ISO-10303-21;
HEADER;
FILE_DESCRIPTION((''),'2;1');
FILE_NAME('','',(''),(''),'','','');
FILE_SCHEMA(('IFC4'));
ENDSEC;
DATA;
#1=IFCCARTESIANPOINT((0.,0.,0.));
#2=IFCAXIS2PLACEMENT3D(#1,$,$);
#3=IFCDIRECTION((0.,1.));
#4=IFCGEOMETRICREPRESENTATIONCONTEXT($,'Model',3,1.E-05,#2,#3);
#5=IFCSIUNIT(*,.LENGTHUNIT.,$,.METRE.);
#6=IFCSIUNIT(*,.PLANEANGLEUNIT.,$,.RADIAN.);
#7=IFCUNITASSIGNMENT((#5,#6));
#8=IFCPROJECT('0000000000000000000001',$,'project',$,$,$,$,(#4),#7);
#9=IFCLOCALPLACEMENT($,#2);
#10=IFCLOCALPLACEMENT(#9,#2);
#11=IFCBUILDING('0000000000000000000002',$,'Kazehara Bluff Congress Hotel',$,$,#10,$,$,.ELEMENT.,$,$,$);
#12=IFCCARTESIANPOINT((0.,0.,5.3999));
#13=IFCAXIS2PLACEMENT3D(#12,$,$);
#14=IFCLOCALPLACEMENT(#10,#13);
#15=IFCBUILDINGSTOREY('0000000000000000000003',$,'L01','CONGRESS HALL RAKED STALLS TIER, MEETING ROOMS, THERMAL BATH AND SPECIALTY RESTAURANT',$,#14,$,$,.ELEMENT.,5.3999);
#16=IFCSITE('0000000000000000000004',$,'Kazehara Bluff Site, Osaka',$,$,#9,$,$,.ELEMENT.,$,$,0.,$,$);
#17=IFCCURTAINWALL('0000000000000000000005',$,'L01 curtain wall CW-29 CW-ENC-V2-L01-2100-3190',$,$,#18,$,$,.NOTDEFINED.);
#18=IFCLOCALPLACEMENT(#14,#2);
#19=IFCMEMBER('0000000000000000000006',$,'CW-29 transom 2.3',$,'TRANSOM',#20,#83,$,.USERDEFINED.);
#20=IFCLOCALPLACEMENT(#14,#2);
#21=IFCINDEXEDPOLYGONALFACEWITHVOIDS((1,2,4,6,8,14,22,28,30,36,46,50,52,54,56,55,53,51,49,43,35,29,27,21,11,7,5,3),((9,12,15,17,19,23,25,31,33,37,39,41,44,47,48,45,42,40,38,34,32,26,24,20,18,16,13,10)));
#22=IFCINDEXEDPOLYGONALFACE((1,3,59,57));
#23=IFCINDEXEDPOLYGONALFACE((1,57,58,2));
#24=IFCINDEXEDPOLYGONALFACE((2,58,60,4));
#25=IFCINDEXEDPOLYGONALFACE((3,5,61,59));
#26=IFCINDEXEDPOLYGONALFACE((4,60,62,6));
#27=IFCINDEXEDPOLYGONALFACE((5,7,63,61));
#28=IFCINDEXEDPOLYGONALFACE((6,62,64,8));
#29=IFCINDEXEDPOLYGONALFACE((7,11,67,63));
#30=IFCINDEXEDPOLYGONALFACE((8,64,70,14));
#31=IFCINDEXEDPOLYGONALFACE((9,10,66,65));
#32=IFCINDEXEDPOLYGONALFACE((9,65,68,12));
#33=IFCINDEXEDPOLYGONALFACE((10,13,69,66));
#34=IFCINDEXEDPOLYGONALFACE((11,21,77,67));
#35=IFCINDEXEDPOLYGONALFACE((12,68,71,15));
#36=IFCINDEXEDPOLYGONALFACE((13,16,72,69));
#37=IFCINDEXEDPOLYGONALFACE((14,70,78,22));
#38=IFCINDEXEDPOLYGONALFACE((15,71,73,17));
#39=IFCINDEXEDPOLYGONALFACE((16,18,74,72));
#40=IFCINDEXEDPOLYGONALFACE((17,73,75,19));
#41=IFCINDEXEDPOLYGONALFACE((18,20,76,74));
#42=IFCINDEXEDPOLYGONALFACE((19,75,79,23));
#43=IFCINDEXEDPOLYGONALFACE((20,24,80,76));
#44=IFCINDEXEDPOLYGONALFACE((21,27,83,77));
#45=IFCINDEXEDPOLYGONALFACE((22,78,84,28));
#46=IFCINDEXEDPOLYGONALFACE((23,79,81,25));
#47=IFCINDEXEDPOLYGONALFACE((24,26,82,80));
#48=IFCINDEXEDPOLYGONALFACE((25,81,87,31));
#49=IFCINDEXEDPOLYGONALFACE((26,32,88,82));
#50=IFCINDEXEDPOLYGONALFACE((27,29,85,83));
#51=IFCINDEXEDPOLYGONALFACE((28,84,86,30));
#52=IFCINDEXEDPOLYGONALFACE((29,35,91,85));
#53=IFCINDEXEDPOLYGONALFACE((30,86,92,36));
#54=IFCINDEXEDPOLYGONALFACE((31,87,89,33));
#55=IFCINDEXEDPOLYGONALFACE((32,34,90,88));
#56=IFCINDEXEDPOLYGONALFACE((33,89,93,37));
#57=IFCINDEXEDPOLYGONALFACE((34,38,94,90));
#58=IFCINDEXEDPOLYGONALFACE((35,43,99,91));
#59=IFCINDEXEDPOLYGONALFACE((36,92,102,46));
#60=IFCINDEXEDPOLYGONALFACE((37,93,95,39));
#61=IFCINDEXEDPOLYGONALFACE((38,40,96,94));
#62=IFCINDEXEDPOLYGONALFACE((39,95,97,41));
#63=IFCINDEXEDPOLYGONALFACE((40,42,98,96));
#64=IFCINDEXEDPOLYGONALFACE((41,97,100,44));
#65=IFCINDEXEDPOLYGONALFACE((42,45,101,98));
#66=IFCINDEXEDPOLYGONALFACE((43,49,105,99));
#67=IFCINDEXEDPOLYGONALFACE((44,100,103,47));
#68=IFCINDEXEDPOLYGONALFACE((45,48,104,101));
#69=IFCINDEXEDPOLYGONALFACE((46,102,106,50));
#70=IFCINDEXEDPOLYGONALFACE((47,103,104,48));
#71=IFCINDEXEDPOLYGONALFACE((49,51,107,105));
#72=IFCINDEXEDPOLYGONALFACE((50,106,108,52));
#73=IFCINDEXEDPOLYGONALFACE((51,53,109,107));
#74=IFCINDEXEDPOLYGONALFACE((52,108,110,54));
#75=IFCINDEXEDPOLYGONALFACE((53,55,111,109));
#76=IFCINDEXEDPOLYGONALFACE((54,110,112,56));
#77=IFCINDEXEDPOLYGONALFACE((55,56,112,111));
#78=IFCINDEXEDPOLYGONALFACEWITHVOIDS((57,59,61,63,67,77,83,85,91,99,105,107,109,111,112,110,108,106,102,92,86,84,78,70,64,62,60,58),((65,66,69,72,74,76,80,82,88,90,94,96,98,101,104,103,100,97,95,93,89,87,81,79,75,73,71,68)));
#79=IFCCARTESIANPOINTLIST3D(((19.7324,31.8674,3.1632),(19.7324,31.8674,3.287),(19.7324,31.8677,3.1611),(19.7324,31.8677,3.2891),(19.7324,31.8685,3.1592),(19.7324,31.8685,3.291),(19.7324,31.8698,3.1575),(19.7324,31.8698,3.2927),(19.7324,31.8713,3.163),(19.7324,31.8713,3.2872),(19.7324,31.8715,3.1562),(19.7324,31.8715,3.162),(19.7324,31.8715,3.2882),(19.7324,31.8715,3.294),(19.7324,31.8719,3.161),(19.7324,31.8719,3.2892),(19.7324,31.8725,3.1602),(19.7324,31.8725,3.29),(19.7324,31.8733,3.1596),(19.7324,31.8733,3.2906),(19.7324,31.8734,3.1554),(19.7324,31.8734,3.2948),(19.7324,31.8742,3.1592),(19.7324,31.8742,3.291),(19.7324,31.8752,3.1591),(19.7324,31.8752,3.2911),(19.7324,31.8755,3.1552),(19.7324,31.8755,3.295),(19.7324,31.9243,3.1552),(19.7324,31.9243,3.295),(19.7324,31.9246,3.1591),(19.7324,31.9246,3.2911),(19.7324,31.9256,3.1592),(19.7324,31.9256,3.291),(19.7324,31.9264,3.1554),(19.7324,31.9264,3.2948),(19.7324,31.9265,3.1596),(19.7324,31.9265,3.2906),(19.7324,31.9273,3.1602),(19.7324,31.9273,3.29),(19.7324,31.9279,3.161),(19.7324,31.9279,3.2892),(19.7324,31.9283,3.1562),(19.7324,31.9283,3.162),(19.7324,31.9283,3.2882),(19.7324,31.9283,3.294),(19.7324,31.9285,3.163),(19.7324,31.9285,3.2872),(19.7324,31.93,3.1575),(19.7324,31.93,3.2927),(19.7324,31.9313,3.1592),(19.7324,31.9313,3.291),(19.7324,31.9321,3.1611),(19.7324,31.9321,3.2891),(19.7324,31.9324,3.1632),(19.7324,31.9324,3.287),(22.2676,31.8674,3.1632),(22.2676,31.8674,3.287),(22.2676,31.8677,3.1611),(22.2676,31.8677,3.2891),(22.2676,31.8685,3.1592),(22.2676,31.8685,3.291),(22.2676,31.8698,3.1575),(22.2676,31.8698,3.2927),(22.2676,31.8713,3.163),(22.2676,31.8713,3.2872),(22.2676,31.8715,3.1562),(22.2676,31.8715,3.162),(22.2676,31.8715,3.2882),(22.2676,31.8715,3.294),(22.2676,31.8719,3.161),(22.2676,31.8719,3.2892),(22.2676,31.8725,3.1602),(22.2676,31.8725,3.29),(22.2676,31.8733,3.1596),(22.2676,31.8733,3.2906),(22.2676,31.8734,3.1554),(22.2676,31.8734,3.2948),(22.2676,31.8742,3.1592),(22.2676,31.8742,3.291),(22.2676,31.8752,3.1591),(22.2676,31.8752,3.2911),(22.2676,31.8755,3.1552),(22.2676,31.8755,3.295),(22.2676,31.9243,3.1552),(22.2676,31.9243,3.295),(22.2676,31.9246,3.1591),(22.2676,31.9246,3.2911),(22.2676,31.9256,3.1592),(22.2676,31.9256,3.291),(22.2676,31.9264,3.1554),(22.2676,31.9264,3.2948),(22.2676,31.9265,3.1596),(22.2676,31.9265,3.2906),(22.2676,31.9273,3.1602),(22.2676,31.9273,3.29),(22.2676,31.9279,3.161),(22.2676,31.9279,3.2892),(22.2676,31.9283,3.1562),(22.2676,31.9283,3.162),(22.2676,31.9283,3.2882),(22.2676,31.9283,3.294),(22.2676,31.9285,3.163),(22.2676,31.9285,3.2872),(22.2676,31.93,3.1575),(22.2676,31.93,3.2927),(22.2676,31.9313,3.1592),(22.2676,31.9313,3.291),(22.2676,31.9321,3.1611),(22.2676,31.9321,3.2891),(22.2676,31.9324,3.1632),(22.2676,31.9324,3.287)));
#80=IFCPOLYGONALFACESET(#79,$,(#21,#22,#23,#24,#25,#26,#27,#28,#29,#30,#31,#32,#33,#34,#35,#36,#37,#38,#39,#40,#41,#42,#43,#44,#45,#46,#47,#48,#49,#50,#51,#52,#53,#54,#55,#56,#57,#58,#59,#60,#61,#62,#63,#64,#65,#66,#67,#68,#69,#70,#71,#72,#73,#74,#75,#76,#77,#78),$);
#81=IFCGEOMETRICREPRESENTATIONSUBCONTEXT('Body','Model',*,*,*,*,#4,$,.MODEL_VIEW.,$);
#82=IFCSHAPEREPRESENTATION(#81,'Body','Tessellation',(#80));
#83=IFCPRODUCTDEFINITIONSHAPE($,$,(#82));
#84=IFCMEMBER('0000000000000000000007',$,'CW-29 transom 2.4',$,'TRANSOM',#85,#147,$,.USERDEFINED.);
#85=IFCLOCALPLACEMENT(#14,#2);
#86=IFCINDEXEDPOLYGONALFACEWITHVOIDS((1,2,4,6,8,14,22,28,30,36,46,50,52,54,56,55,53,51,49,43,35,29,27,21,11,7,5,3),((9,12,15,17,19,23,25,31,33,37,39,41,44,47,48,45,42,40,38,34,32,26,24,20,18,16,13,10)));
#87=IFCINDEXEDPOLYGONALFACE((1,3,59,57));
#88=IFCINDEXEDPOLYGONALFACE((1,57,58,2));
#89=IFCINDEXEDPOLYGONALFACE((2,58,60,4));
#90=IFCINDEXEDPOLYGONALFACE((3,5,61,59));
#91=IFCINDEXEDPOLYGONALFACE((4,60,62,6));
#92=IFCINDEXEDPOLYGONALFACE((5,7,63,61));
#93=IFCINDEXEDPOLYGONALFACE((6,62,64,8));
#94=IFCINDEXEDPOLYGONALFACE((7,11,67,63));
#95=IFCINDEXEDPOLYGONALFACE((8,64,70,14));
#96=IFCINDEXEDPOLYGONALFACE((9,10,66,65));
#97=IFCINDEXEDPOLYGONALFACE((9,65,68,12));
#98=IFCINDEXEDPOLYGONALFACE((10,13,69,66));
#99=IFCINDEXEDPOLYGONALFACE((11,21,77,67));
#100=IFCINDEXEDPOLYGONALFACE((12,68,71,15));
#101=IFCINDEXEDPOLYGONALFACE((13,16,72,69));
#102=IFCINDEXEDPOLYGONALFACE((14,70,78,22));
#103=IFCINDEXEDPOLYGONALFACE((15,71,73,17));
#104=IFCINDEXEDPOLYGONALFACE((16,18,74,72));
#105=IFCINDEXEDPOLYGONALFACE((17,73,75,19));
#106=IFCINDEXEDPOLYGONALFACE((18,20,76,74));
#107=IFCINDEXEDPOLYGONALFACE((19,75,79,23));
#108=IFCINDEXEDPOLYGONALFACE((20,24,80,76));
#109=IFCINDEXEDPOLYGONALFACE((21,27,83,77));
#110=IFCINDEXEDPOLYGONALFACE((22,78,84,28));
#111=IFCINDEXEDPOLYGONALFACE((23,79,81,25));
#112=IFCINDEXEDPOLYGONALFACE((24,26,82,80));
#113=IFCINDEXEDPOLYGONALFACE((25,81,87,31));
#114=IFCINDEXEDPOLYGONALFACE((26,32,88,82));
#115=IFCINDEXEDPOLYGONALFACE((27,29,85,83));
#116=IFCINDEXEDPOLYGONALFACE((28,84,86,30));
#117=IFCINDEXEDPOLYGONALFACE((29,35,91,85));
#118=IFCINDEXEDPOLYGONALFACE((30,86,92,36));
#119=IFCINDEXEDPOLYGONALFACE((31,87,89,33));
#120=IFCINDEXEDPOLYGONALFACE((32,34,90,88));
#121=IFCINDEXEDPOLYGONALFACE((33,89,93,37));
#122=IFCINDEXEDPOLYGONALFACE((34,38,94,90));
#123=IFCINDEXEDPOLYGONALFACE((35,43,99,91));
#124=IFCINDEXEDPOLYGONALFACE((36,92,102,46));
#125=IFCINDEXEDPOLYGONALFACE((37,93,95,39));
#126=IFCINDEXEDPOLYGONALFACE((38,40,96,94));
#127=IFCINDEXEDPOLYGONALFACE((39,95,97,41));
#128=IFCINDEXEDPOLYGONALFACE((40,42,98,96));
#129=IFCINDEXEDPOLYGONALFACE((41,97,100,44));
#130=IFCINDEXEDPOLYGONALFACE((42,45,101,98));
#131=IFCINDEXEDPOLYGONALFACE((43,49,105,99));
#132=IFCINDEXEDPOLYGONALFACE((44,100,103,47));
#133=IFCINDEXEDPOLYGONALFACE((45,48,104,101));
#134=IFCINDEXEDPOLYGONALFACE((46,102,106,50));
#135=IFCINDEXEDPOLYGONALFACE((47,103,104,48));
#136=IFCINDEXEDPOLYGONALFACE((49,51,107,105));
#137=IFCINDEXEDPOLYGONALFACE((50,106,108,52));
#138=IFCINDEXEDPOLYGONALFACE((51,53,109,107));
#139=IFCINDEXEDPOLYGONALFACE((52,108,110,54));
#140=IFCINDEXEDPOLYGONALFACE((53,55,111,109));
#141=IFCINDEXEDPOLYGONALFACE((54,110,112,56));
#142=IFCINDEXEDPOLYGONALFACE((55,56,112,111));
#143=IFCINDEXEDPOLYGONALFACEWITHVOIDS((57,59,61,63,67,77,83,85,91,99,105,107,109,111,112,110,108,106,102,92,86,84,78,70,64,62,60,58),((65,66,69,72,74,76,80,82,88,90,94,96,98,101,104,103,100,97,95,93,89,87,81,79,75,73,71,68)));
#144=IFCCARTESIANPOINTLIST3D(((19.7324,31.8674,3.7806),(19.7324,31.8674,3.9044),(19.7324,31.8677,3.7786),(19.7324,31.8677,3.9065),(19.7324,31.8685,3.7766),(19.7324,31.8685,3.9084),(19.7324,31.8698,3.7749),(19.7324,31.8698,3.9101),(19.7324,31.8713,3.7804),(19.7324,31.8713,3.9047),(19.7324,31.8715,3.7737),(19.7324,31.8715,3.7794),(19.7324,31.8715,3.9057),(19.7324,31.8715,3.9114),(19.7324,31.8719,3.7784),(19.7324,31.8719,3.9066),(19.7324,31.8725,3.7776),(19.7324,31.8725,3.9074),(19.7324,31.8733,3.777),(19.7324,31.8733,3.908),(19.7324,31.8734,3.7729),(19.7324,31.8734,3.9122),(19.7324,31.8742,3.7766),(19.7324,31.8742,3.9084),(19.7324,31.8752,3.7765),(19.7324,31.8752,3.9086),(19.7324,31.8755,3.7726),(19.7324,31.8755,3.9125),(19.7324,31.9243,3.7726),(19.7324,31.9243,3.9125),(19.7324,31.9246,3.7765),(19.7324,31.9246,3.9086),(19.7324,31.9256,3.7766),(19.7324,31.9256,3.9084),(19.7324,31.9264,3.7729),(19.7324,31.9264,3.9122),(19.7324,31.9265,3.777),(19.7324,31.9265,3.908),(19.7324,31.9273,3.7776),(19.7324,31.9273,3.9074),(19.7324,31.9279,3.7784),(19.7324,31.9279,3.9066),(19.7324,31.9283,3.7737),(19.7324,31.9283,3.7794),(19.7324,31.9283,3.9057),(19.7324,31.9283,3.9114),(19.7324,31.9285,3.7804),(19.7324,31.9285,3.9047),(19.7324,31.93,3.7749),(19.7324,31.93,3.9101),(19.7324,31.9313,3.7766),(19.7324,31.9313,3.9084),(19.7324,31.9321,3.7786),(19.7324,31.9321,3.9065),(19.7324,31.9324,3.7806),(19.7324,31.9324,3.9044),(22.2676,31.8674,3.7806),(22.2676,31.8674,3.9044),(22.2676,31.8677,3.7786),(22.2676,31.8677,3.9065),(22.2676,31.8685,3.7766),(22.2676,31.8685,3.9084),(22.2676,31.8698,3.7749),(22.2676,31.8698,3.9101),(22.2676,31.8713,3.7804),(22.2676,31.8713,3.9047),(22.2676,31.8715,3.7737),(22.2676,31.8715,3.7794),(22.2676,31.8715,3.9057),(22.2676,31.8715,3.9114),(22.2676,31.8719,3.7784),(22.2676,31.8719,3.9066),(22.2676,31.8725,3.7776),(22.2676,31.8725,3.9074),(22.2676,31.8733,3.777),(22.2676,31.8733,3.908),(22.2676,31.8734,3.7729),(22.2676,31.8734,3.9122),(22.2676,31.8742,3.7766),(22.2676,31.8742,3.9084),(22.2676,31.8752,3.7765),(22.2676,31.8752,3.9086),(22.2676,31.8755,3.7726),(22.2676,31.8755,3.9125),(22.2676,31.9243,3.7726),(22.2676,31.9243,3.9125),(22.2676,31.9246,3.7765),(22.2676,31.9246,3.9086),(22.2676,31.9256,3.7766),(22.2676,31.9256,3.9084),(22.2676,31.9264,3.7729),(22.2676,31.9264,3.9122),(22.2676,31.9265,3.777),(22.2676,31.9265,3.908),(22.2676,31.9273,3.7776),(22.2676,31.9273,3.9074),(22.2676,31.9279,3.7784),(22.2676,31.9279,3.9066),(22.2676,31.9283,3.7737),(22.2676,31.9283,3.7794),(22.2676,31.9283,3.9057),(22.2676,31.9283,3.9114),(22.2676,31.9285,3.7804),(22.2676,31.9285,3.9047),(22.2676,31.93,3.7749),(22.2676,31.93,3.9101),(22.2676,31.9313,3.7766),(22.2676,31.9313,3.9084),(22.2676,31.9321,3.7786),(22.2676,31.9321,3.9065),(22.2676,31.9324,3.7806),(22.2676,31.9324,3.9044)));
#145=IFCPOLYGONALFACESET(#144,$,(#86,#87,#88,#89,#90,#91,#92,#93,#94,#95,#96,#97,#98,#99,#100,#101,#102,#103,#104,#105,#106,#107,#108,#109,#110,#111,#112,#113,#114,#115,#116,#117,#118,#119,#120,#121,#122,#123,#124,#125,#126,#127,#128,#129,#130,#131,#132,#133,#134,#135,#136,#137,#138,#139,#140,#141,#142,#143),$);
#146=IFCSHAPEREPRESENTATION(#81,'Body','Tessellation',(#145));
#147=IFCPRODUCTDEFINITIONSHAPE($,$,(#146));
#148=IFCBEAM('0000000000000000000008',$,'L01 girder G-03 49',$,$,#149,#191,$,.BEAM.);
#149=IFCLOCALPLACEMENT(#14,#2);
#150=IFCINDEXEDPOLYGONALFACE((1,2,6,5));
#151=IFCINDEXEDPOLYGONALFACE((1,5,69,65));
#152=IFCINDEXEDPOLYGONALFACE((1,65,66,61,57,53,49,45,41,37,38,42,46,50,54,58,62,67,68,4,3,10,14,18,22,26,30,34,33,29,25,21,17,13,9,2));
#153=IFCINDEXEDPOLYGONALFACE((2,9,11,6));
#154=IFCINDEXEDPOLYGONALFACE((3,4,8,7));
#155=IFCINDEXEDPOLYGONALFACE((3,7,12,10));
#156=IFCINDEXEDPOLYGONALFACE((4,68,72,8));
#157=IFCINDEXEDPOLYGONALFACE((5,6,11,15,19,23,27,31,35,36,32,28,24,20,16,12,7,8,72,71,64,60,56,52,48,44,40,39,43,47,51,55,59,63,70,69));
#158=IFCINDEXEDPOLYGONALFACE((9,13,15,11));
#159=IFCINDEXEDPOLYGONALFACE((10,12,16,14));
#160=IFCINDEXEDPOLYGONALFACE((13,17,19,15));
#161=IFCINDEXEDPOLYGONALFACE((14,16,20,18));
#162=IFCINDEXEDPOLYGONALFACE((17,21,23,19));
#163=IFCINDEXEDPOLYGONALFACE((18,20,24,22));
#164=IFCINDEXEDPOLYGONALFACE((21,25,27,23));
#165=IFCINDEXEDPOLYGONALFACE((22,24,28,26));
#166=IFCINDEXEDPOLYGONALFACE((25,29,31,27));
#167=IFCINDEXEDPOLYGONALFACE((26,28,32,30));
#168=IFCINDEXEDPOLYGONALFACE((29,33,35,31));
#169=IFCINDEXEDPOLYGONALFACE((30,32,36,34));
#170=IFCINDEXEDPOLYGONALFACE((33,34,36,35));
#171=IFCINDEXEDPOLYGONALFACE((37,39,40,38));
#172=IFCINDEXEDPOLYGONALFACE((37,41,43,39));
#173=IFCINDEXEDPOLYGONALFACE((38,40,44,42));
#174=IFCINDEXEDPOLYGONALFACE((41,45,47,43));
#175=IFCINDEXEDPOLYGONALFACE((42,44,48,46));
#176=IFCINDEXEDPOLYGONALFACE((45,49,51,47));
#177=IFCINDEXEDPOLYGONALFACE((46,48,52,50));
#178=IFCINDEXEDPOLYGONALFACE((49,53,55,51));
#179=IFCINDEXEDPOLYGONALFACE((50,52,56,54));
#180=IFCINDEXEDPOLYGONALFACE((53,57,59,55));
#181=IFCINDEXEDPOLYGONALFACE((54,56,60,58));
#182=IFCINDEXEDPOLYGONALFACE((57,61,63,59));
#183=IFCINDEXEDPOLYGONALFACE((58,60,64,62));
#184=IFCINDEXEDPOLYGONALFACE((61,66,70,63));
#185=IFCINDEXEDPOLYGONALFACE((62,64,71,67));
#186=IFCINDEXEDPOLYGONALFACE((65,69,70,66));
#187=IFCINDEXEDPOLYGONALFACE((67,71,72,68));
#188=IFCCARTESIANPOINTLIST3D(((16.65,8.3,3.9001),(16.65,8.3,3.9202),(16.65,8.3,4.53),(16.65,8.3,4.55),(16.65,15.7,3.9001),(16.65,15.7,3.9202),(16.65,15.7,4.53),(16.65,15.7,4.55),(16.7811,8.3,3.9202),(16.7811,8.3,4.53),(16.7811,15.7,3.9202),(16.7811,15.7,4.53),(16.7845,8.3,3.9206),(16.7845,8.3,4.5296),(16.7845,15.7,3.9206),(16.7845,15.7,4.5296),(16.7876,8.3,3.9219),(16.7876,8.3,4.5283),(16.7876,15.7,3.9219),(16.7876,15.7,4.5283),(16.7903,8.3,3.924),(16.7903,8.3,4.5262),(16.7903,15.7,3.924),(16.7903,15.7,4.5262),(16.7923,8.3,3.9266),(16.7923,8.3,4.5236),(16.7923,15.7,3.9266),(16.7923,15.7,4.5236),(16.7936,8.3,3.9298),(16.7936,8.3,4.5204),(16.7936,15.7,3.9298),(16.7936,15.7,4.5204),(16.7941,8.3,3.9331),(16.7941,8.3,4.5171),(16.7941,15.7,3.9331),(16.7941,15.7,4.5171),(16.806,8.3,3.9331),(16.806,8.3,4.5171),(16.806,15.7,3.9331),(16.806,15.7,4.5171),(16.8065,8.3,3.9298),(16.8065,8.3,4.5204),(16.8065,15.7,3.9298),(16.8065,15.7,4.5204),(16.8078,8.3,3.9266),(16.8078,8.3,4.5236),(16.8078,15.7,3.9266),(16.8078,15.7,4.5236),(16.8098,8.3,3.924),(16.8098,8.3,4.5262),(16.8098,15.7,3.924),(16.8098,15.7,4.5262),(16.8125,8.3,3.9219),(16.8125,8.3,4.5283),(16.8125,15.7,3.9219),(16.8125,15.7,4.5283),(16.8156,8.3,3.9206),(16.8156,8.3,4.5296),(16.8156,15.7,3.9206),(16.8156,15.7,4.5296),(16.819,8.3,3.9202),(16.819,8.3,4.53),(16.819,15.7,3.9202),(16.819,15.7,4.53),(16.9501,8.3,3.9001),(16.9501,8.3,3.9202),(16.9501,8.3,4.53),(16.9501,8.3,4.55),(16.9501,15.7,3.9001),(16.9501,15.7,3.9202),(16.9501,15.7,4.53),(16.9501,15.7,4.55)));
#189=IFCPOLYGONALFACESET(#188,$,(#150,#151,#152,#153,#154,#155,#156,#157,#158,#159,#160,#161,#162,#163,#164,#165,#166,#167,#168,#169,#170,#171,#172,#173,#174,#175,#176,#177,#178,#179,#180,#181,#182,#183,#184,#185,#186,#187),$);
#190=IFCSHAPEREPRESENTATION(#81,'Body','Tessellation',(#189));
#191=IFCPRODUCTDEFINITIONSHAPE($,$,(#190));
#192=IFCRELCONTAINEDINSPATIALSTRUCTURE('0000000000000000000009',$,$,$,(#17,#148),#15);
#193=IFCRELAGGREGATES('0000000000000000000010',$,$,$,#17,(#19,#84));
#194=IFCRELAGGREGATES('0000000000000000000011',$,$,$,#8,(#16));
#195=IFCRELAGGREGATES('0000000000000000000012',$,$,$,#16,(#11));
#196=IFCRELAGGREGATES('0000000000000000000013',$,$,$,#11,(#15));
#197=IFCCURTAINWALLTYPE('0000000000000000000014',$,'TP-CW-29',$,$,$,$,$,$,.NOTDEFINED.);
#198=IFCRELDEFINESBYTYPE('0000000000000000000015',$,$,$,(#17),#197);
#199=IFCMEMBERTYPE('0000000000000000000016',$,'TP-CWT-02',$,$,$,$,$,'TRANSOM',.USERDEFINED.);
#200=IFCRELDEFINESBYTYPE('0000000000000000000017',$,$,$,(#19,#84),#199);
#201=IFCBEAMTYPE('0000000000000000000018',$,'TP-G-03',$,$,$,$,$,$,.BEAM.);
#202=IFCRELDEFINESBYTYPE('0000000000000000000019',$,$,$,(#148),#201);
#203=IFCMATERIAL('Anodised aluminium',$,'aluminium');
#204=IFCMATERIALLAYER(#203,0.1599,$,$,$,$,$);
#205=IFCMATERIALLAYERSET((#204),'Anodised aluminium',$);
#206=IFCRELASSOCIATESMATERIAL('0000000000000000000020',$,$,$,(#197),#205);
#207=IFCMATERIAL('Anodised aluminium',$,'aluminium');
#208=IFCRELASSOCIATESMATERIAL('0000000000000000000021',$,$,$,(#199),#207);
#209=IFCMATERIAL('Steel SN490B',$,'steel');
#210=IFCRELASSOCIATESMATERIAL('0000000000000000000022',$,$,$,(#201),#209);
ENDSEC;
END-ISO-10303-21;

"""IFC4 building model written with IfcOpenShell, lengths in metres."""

from ifc_helpers import new_model, si_unit, direction, frame, origin, origin_2d, place, context, subcontext, project, spatial, hollow_rectangle, i_section, extrude, material, layer, layer_set, material_profile, profile_set, type_object, element, aggregate, save


model = new_model("IFC4")

# Units and contexts
model_context = context("Model", 3, precision=1e-05, world=origin(), true_north=direction((0.0, 1.0)))
body_context = subcontext(model_context, "Body", "Model", "MODEL_VIEW")
ifc_project = project(units=[si_unit("LENGTHUNIT", "METRE"), si_unit("PLANEANGLEUNIT", "RADIAN")], contexts=[model_context])

# Site, building, storey
site_placement = place(None, origin())
site = spatial("IfcSite", under=ifc_project, at=site_placement, Name="Kazehara Bluff Site, Osaka", CompositionType="ELEMENT", RefElevation=0.0)
building_placement = place(site_placement, origin())
building = spatial("IfcBuilding", under=site, at=building_placement, Name="Kazehara Bluff Congress Hotel", CompositionType="ELEMENT")
storey_placement = place(building_placement, frame((0.0, 0.0, 5.3999)))
storey = spatial("IfcBuildingStorey", under=building, at=storey_placement, Name="L01", Description="CONGRESS HALL RAKED STALLS TIER, MEETING ROOMS, THERMAL BATH AND SPECIALTY RESTAURANT", CompositionType="ELEMENT", Elevation=5.3999)

# Curtain wall, members
ifc_material_1 = material(Name="Anodised aluminium", Category="aluminium")
ifc_layer_1 = layer(ifc_material_1, 0.1599)
ifc_layer_set_1 = layer_set([ifc_layer_1], Name="Anodised aluminium")
curtain_wall_type = type_object("IfcCurtainWallType", Name="TP-CW-29", PredefinedType="NOTDEFINED", material=ifc_layer_set_1)
curtain_wall_placement = place(storey_placement, origin())
curtain_wall = element("IfcCurtainWall", 1, at=curtain_wall_placement, inside=storey, type_object=curtain_wall_type, Name="L01 curtain wall CW-29 CW-ENC-V2-L01-2100-3190", PredefinedType="NOTDEFINED")
ifc_material_2 = material(Name="Anodised aluminium", Category="aluminium")
ifc_material_profile_1 = material_profile(ifc_material_2, hollow_rectangle(XDim=0.0649, YDim=0.1399, WallThickness=0.0039, InnerFilletRadius=0.0039, OuterFilletRadius=0.0081, at=origin_2d()))
ifc_profile_set_1 = profile_set([ifc_material_profile_1], Name="Anodised aluminium")
member_type_1 = type_object("IfcMemberType", Name="TP-CWT-02", ElementType="TRANSOM", PredefinedType="USERDEFINED", material=ifc_profile_set_1)
member_1_placement = place(storey_placement, frame((19.7324, 31.8999, 3.2251), z_axis=(1.0, 0.0, 0.0), x_axis=(0.0, 1.0, 0.0)))
member_1 = element("IfcMember", 2, at=member_1_placement, type_object=member_type_1, Name="CW-29 transom 2.3", ObjectType="TRANSOM", PredefinedType="USERDEFINED", context=body_context, shape_type="SweptSolid", body=[
    extrude(hollow_rectangle(XDim=0.0649, YDim=0.1399, WallThickness=0.0039, InnerFilletRadius=0.0039, OuterFilletRadius=0.0081, at=origin_2d()), origin(), (0.0, 0.0, 1.0), 2.5352),
])
member_2_placement = place(storey_placement, frame((19.7324, 31.8999, 3.8425), z_axis=(1.0, 0.0, 0.0), x_axis=(0.0, 1.0, 0.0)))
member_2 = element("IfcMember", 3, at=member_2_placement, type_object=member_type_1, Name="CW-29 transom 2.4", ObjectType="TRANSOM", PredefinedType="USERDEFINED", context=body_context, shape_type="SweptSolid", body=[
    extrude(hollow_rectangle(XDim=0.0649, YDim=0.1399, WallThickness=0.0039, InnerFilletRadius=0.0039, OuterFilletRadius=0.0081, at=origin_2d()), origin(), (0.0, 0.0, 1.0), 2.5352),
])

# Beam
ifc_material_3 = material(Name="Steel SN490B", Category="steel")
ifc_material_profile_2 = material_profile(ifc_material_3, i_section(OverallWidth=0.3, OverallDepth=0.6499, WebThickness=0.012, FlangeThickness=0.02, FilletRadius=0.0129, at=origin_2d()))
ifc_profile_set_2 = profile_set([ifc_material_profile_2], Name="Steel SN490B")
beam_type_1 = type_object("IfcBeamType", Name="TP-G-03", PredefinedType="BEAM", material=ifc_profile_set_2)
for number, where, z_axis, x_axis, name in (
    (4, (16.8, 8.3, 4.2251), (0.0, 1.0, 0.0), (-1.0, 0.0, 0.0), "L01 girder G-03 49"),
):
    element("IfcBeam", number, at=place(storey_placement, frame(where, z_axis=z_axis, x_axis=x_axis)), inside=storey, type_object=beam_type_1, Name=name, PredefinedType="BEAM", context=body_context, shape_type="SweptSolid", body=[
        extrude(i_section(OverallWidth=0.3, OverallDepth=0.6499, WebThickness=0.012, FlangeThickness=0.02, FilletRadius=0.0129, at=origin_2d()), origin(), (0.0, 0.0, 1.0), 7.3999),
    ])

aggregate(curtain_wall, [member_1, member_2])

save(model, "model.ifc")
